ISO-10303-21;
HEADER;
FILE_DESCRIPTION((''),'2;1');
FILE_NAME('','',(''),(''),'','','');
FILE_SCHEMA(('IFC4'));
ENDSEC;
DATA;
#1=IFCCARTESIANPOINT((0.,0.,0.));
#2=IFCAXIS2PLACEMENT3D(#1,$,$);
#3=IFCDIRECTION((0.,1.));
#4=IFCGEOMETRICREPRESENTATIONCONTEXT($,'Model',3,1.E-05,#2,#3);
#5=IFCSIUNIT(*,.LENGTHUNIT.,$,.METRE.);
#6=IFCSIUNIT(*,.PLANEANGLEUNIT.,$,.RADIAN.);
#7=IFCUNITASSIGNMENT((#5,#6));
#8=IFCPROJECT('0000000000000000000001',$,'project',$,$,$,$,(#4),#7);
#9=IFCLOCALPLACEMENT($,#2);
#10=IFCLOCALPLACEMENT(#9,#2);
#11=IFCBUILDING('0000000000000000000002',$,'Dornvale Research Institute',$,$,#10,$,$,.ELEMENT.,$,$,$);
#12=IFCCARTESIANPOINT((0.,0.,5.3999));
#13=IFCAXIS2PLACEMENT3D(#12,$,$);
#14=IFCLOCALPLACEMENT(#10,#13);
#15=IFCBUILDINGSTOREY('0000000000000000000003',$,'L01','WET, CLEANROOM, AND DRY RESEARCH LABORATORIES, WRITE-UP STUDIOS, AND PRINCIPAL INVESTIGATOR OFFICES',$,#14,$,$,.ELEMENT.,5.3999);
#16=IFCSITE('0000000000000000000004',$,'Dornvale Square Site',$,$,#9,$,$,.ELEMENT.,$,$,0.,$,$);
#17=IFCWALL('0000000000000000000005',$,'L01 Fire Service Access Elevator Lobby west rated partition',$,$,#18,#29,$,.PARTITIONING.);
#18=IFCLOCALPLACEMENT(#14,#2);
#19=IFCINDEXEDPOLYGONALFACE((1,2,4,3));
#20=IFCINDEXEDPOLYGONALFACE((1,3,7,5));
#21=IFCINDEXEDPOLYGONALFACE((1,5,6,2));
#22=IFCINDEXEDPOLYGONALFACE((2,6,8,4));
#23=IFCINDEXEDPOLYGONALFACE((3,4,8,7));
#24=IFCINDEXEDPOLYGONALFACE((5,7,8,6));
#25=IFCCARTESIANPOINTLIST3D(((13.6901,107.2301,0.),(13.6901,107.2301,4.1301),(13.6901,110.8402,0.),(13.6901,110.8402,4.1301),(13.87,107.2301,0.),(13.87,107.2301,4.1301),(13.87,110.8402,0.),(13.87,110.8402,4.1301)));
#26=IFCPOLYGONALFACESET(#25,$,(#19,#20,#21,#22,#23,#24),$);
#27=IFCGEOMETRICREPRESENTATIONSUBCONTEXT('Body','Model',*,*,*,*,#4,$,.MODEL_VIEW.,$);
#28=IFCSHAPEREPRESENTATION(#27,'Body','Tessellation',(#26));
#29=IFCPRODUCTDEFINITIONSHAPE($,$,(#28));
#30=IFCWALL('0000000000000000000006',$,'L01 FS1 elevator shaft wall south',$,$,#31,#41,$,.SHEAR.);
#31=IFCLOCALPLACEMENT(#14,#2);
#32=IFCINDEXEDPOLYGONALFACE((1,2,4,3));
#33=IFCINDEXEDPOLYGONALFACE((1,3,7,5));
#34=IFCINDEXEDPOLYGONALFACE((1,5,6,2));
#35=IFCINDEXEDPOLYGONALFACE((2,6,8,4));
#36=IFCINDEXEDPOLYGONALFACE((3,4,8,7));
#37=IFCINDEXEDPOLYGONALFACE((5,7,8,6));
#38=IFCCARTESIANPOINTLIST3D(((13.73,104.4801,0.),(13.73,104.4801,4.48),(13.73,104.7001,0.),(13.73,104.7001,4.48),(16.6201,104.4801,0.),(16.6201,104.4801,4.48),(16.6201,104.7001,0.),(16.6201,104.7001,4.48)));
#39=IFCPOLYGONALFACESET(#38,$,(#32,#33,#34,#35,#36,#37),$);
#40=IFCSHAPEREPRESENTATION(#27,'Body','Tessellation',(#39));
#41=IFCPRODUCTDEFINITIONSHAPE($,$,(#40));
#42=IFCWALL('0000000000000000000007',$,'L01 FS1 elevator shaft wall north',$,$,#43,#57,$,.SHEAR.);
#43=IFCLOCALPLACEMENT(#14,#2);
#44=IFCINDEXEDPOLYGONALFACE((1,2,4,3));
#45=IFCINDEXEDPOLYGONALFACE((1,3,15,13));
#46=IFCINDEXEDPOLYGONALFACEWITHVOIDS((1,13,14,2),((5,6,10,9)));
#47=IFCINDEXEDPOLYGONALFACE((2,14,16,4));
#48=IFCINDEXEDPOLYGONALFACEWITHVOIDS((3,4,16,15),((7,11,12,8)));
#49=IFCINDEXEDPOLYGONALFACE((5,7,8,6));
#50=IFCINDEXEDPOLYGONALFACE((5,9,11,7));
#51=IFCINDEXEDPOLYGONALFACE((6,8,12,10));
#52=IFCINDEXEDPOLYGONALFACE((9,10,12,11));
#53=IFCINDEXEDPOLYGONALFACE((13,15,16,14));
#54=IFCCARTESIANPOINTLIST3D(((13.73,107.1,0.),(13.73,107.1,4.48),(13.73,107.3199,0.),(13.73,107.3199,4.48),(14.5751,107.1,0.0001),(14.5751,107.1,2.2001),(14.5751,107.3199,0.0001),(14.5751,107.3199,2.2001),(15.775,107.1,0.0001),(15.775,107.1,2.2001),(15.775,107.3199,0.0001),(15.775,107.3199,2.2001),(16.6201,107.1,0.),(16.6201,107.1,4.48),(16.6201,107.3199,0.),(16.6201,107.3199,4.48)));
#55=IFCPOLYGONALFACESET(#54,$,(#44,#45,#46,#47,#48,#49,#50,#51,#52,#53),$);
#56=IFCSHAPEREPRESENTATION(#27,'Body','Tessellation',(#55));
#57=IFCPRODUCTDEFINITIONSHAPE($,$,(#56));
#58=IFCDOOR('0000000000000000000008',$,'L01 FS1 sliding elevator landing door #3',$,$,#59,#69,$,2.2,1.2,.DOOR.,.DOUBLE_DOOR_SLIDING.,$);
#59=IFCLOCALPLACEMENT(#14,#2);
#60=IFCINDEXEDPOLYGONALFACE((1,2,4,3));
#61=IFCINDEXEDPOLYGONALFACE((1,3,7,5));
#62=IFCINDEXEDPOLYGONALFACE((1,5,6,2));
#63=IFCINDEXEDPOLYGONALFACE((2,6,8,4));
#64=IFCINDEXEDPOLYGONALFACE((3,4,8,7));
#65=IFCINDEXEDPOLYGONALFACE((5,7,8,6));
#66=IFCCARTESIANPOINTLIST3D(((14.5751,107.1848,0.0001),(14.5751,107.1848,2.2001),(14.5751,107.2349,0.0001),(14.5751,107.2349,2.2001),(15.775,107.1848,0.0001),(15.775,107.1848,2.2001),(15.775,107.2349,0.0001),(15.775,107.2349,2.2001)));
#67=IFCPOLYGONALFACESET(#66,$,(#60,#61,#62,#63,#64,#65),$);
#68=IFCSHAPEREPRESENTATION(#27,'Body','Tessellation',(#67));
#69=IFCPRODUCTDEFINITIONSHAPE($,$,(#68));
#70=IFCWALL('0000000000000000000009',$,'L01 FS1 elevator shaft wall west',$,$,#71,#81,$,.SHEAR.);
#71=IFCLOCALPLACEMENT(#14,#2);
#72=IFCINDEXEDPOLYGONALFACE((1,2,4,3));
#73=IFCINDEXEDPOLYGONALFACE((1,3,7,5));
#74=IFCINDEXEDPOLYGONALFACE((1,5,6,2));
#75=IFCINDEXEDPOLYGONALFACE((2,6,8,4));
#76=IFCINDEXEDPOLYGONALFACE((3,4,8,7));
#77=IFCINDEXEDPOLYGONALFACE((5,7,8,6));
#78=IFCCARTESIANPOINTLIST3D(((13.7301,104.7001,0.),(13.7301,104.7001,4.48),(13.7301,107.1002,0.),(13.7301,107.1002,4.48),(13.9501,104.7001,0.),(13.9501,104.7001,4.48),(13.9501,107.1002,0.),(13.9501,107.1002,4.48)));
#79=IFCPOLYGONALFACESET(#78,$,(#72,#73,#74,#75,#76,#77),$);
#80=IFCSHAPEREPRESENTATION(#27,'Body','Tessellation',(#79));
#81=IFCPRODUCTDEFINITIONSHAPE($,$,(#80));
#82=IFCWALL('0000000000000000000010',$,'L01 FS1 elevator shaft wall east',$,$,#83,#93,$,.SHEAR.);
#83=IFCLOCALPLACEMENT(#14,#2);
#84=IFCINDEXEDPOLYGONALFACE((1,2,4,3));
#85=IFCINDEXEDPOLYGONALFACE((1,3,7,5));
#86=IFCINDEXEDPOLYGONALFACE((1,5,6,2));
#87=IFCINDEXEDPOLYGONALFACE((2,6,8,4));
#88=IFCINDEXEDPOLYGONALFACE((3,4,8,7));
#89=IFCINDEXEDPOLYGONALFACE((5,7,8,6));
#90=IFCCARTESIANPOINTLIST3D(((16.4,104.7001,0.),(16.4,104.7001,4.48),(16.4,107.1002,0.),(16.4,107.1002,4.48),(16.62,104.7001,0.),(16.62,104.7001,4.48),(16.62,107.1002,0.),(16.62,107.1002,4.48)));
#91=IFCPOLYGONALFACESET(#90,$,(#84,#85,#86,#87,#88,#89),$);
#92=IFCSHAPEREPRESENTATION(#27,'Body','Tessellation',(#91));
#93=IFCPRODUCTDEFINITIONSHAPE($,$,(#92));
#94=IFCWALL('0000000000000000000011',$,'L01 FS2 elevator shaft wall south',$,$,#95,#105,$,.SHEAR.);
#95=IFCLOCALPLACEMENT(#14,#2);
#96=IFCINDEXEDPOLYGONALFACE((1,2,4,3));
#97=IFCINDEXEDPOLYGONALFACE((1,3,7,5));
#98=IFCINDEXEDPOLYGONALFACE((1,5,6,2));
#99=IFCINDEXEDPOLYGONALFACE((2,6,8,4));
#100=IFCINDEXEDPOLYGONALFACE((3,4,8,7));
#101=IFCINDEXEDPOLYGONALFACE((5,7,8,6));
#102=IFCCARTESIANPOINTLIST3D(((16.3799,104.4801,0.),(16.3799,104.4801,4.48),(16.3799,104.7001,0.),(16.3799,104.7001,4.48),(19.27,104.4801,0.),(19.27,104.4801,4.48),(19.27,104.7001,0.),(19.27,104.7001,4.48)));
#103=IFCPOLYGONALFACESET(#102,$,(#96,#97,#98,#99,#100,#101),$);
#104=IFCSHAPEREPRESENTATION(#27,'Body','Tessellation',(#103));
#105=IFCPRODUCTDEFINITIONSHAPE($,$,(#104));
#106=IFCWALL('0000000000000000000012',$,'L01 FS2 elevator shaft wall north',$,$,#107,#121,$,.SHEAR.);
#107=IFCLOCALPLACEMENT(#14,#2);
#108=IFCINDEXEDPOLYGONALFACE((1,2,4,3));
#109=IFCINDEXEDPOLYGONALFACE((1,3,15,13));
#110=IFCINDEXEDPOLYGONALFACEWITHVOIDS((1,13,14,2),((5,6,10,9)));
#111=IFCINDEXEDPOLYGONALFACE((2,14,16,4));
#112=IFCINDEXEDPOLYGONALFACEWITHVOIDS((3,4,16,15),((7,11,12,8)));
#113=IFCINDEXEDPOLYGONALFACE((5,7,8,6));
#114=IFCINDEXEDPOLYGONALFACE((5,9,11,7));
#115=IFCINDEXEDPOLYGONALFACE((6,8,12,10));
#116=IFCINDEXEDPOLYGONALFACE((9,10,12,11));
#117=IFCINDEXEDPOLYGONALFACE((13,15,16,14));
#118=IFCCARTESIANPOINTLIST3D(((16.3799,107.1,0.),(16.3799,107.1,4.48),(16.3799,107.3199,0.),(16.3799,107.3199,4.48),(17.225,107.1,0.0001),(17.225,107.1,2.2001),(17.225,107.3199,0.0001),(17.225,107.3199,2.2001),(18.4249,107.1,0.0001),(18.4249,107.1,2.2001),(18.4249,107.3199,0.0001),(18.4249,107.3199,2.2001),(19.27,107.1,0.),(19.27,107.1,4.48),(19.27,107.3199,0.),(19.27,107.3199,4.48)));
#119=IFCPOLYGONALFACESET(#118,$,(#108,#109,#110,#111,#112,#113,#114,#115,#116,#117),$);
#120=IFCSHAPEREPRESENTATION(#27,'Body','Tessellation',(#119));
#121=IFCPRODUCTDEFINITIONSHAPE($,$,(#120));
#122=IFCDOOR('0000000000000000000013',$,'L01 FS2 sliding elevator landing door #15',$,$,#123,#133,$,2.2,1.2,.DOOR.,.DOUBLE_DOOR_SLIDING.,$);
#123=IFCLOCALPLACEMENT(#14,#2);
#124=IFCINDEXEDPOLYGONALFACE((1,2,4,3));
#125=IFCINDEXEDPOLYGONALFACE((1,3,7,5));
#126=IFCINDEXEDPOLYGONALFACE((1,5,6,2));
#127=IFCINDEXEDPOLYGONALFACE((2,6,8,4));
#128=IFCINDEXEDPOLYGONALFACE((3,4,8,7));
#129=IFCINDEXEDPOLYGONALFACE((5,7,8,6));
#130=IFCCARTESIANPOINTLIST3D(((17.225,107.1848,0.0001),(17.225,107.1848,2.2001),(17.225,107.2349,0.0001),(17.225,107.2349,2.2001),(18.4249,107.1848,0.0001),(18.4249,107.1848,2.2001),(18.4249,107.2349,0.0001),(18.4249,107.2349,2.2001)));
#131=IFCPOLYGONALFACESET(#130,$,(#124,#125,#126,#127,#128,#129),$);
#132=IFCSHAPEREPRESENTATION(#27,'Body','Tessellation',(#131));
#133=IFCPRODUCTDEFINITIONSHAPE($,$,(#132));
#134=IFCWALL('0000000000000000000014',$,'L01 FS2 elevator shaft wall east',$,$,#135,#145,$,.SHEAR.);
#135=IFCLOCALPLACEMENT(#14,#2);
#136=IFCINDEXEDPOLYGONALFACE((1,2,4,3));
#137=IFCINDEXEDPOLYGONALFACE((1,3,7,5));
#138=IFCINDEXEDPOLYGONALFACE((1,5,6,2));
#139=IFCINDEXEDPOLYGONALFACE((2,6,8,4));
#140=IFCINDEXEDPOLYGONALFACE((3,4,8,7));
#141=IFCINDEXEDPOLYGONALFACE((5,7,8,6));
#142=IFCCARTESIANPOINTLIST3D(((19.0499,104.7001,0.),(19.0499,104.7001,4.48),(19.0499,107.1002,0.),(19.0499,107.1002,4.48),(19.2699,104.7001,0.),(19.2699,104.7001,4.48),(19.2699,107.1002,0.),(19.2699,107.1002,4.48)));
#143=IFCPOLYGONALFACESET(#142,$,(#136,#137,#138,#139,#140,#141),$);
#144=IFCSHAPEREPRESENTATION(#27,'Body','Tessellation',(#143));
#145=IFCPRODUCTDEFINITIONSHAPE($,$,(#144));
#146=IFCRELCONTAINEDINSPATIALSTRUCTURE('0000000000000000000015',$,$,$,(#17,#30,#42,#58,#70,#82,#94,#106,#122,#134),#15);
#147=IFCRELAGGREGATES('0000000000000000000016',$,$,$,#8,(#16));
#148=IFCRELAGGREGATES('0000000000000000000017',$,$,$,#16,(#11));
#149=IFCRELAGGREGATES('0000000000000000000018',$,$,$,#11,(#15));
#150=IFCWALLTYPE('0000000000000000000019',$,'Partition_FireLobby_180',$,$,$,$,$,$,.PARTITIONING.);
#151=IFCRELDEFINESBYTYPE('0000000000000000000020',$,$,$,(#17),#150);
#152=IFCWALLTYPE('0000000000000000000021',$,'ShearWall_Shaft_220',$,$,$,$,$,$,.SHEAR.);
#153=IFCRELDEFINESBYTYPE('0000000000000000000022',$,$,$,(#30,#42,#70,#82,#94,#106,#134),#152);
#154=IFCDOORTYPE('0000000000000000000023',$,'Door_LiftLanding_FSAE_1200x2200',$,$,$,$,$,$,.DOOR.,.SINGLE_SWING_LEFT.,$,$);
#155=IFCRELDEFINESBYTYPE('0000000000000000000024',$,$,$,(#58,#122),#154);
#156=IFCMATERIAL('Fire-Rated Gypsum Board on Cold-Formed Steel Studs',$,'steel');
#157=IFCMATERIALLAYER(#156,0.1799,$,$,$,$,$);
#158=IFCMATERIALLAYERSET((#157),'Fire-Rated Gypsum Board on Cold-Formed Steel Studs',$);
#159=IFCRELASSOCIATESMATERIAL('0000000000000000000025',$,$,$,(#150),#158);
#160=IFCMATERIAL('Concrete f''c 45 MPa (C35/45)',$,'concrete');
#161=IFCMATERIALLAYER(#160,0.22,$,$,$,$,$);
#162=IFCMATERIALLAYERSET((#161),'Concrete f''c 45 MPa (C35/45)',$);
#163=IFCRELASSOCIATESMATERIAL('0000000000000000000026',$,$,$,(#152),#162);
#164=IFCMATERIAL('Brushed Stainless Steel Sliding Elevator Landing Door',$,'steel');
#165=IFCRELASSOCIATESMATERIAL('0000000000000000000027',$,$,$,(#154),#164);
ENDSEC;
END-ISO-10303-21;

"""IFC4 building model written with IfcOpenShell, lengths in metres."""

from ifc_helpers import new_model, si_unit, direction, frame, frame_2d, origin, place, context, subcontext, project, spatial, rectangle, extrude, material, layer, layer_set, type_object, element, fill, save


model = new_model("IFC4")

# Units and contexts
model_context = context("Model", 3, precision=1e-05, world=origin(), true_north=direction((0.0, 1.0)))
body_context = subcontext(model_context, "Body", "Model", "MODEL_VIEW")
ifc_project = project(units=[si_unit("LENGTHUNIT", "METRE"), si_unit("PLANEANGLEUNIT", "RADIAN")], contexts=[model_context])

# Site, building, storey
site_placement = place(None, origin())
site = spatial("IfcSite", under=ifc_project, at=site_placement, Name="Dornvale Square Site", CompositionType="ELEMENT", RefElevation=0.0)
building_placement = place(site_placement, origin())
building = spatial("IfcBuilding", under=site, at=building_placement, Name="Dornvale Research Institute", CompositionType="ELEMENT")
storey_placement = place(building_placement, frame((0.0, 0.0, 5.3999)))
storey = spatial("IfcBuildingStorey", under=building, at=storey_placement, Name="L01", Description="WET, CLEANROOM, AND DRY RESEARCH LABORATORIES, WRITE-UP STUDIOS, AND PRINCIPAL INVESTIGATOR OFFICES", CompositionType="ELEMENT", Elevation=5.3999)

# Walls
ifc_material_1 = material(Name="Fire-Rated Gypsum Board on Cold-Formed Steel Studs", Category="steel")
ifc_layer_1 = layer(ifc_material_1, 0.1799)
ifc_layer_set_1 = layer_set([ifc_layer_1], Name="Fire-Rated Gypsum Board on Cold-Formed Steel Studs")
wall_type_1 = type_object("IfcWallType", Name="Partition_FireLobby_180", PredefinedType="PARTITIONING", material=ifc_layer_set_1)
wall_1_placement = place(storey_placement, frame((13.78, 107.23, 0.0), z_axis=(0.0, 0.0, 1.0), x_axis=(0.0, 1.0, 0.0)))
element("IfcWall", 1, at=wall_1_placement, inside=storey, type_object=wall_type_1, Name="L01 Fire Service Access Elevator Lobby west rated partition", PredefinedType="PARTITIONING", context=body_context, shape_type="SweptSolid", body=[
    extrude(rectangle(XDim=3.6101, YDim=0.1799, at=frame_2d((1.8052, 0.0))), origin(), (0.0, 0.0, 1.0), 4.1301),
])
ifc_material_2 = material(Name="Concrete f'c 45 MPa (C35/45)", Category="concrete")
ifc_layer_2 = layer(ifc_material_2, 0.22)
ifc_layer_set_2 = layer_set([ifc_layer_2], Name="Concrete f'c 45 MPa (C35/45)")
wall_type_2 = type_object("IfcWallType", Name="ShearWall_Shaft_220", PredefinedType="SHEAR", material=ifc_layer_set_2)
wall_2_placement = place(storey_placement, frame((13.73, 104.5901, 0.0), z_axis=(0.0, 0.0, 1.0), x_axis=(1.0, 0.0, 0.0)))
element("IfcWall", 2, at=wall_2_placement, inside=storey, type_object=wall_type_2, Name="L01 FS1 elevator shaft wall south", PredefinedType="SHEAR", context=body_context, shape_type="SweptSolid", body=[
    extrude(rectangle(XDim=2.8901, YDim=0.22, at=frame_2d((1.4451, 0.0))), origin(), (0.0, 0.0, 1.0), 4.48),
])

# Wall, opening, door
wall_3_placement = place(storey_placement, frame((13.73, 107.21, 0.0), z_axis=(0.0, 0.0, 1.0), x_axis=(1.0, 0.0, 0.0)))
wall_3 = element("IfcWall", 3, at=wall_3_placement, inside=storey, type_object=wall_type_2, Name="L01 FS1 elevator shaft wall north", PredefinedType="SHEAR", context=body_context, shape_type="SweptSolid", body=[
    extrude(rectangle(XDim=2.8901, YDim=0.22, at=frame_2d((1.4451, 0.0))), origin(), (0.0, 0.0, 1.0), 4.48),
])
opening_1_placement = place(wall_3_placement, frame((0.845, 0.0, 0.0)))
opening_1 = element("IfcOpeningElement", 4, at=opening_1_placement, cuts=wall_3, PredefinedType="OPENING", context=body_context, shape_type="SweptSolid", body=[
    extrude(rectangle(XDim=1.2, YDim=2.2, at=frame_2d((0.6001, 1.1001))), frame((0.0, 0.125, 0.0), z_axis=(0.0, -1.0, 0.0), x_axis=(1.0, 0.0, 0.0)), (0.0, 0.0, 1.0), 0.25),
])
ifc_material_3 = material(Name="Brushed Stainless Steel Sliding Elevator Landing Door", Category="steel")
door_type_1 = type_object("IfcDoorType", Name="Door_LiftLanding_FSAE_1200x2200", OperationType="SINGLE_SWING_LEFT", PredefinedType="DOOR", material=ifc_material_3)
door_1_placement = place(opening_1_placement, origin())
door_1 = element("IfcDoor", 5, at=door_1_placement, inside=storey, type_object=door_type_1, Name="L01 FS1 sliding elevator landing door #3", OperationType="DOUBLE_DOOR_SLIDING", OverallHeight=2.2, OverallWidth=1.2, PredefinedType="DOOR", context=body_context, shape_type="SweptSolid", body=[
    extrude(rectangle(XDim=1.2, YDim=2.2, at=frame_2d((0.6001, 1.1001))), frame((0.0, 0.0249, 0.0), z_axis=(0.0, -1.0, 0.0), x_axis=(1.0, 0.0, 0.0)), (0.0, 0.0, 1.0), 0.05),
])
fill(opening_1, door_1)

# Walls
for number, where, z_axis, x_axis, name in (
    (6, (13.8401, 104.7, 0.0), (0.0, 0.0, 1.0), (0.0, 1.0, 0.0), "L01 FS1 elevator shaft wall west"),
    (7, (16.51, 104.7, 0.0), (0.0, 0.0, 1.0), (0.0, 1.0, 0.0), "L01 FS1 elevator shaft wall east"),
):
    element("IfcWall", number, at=place(storey_placement, frame(where, z_axis=z_axis, x_axis=x_axis)), inside=storey, type_object=wall_type_2, Name=name, PredefinedType="SHEAR", context=body_context, shape_type="SweptSolid", body=[
        extrude(rectangle(XDim=2.4001, YDim=0.22, at=frame_2d((1.2002, 0.0))), origin(), (0.0, 0.0, 1.0), 4.48),
    ])
wall_4_placement = place(storey_placement, frame((16.3799, 104.5901, 0.0), z_axis=(0.0, 0.0, 1.0), x_axis=(1.0, 0.0, 0.0)))
element("IfcWall", 8, at=wall_4_placement, inside=storey, type_object=wall_type_2, Name="L01 FS2 elevator shaft wall south", PredefinedType="SHEAR", context=body_context, shape_type="SweptSolid", body=[
    extrude(rectangle(XDim=2.8901, YDim=0.22, at=frame_2d((1.4451, 0.0))), origin(), (0.0, 0.0, 1.0), 4.48),
])

# Wall, opening, door
wall_5_placement = place(storey_placement, frame((16.3799, 107.21, 0.0), z_axis=(0.0, 0.0, 1.0), x_axis=(1.0, 0.0, 0.0)))
wall_5 = element("IfcWall", 9, at=wall_5_placement, inside=storey, type_object=wall_type_2, Name="L01 FS2 elevator shaft wall north", PredefinedType="SHEAR", context=body_context, shape_type="SweptSolid", body=[
    extrude(rectangle(XDim=2.8901, YDim=0.22, at=frame_2d((1.4451, 0.0))), origin(), (0.0, 0.0, 1.0), 4.48),
])
opening_2_placement = place(wall_5_placement, frame((0.845, 0.0, 0.0)))
opening_2 = element("IfcOpeningElement", 10, at=opening_2_placement, cuts=wall_5, PredefinedType="OPENING", context=body_context, shape_type="SweptSolid", body=[
    extrude(rectangle(XDim=1.2, YDim=2.2, at=frame_2d((0.6001, 1.1001))), frame((0.0, 0.125, 0.0), z_axis=(0.0, -1.0, 0.0), x_axis=(1.0, 0.0, 0.0)), (0.0, 0.0, 1.0), 0.25),
])
door_2_placement = place(opening_2_placement, origin())
door_2 = element("IfcDoor", 11, at=door_2_placement, inside=storey, type_object=door_type_1, Name="L01 FS2 sliding elevator landing door #15", OperationType="DOUBLE_DOOR_SLIDING", OverallHeight=2.2, OverallWidth=1.2, PredefinedType="DOOR", context=body_context, shape_type="SweptSolid", body=[
    extrude(rectangle(XDim=1.2, YDim=2.2, at=frame_2d((0.6001, 1.1001))), frame((0.0, 0.0249, 0.0), z_axis=(0.0, -1.0, 0.0), x_axis=(1.0, 0.0, 0.0)), (0.0, 0.0, 1.0), 0.05),
])
fill(opening_2, door_2)

# Wall
wall_6_placement = place(storey_placement, frame((19.1599, 104.7, 0.0), z_axis=(0.0, 0.0, 1.0), x_axis=(0.0, 1.0, 0.0)))
element("IfcWall", 12, at=wall_6_placement, inside=storey, type_object=wall_type_2, Name="L01 FS2 elevator shaft wall east", PredefinedType="SHEAR", context=body_context, shape_type="SweptSolid", body=[
    extrude(rectangle(XDim=2.4001, YDim=0.22, at=frame_2d((1.2002, 0.0))), origin(), (0.0, 0.0, 1.0), 4.48),
])

save(model, "model.ifc")
